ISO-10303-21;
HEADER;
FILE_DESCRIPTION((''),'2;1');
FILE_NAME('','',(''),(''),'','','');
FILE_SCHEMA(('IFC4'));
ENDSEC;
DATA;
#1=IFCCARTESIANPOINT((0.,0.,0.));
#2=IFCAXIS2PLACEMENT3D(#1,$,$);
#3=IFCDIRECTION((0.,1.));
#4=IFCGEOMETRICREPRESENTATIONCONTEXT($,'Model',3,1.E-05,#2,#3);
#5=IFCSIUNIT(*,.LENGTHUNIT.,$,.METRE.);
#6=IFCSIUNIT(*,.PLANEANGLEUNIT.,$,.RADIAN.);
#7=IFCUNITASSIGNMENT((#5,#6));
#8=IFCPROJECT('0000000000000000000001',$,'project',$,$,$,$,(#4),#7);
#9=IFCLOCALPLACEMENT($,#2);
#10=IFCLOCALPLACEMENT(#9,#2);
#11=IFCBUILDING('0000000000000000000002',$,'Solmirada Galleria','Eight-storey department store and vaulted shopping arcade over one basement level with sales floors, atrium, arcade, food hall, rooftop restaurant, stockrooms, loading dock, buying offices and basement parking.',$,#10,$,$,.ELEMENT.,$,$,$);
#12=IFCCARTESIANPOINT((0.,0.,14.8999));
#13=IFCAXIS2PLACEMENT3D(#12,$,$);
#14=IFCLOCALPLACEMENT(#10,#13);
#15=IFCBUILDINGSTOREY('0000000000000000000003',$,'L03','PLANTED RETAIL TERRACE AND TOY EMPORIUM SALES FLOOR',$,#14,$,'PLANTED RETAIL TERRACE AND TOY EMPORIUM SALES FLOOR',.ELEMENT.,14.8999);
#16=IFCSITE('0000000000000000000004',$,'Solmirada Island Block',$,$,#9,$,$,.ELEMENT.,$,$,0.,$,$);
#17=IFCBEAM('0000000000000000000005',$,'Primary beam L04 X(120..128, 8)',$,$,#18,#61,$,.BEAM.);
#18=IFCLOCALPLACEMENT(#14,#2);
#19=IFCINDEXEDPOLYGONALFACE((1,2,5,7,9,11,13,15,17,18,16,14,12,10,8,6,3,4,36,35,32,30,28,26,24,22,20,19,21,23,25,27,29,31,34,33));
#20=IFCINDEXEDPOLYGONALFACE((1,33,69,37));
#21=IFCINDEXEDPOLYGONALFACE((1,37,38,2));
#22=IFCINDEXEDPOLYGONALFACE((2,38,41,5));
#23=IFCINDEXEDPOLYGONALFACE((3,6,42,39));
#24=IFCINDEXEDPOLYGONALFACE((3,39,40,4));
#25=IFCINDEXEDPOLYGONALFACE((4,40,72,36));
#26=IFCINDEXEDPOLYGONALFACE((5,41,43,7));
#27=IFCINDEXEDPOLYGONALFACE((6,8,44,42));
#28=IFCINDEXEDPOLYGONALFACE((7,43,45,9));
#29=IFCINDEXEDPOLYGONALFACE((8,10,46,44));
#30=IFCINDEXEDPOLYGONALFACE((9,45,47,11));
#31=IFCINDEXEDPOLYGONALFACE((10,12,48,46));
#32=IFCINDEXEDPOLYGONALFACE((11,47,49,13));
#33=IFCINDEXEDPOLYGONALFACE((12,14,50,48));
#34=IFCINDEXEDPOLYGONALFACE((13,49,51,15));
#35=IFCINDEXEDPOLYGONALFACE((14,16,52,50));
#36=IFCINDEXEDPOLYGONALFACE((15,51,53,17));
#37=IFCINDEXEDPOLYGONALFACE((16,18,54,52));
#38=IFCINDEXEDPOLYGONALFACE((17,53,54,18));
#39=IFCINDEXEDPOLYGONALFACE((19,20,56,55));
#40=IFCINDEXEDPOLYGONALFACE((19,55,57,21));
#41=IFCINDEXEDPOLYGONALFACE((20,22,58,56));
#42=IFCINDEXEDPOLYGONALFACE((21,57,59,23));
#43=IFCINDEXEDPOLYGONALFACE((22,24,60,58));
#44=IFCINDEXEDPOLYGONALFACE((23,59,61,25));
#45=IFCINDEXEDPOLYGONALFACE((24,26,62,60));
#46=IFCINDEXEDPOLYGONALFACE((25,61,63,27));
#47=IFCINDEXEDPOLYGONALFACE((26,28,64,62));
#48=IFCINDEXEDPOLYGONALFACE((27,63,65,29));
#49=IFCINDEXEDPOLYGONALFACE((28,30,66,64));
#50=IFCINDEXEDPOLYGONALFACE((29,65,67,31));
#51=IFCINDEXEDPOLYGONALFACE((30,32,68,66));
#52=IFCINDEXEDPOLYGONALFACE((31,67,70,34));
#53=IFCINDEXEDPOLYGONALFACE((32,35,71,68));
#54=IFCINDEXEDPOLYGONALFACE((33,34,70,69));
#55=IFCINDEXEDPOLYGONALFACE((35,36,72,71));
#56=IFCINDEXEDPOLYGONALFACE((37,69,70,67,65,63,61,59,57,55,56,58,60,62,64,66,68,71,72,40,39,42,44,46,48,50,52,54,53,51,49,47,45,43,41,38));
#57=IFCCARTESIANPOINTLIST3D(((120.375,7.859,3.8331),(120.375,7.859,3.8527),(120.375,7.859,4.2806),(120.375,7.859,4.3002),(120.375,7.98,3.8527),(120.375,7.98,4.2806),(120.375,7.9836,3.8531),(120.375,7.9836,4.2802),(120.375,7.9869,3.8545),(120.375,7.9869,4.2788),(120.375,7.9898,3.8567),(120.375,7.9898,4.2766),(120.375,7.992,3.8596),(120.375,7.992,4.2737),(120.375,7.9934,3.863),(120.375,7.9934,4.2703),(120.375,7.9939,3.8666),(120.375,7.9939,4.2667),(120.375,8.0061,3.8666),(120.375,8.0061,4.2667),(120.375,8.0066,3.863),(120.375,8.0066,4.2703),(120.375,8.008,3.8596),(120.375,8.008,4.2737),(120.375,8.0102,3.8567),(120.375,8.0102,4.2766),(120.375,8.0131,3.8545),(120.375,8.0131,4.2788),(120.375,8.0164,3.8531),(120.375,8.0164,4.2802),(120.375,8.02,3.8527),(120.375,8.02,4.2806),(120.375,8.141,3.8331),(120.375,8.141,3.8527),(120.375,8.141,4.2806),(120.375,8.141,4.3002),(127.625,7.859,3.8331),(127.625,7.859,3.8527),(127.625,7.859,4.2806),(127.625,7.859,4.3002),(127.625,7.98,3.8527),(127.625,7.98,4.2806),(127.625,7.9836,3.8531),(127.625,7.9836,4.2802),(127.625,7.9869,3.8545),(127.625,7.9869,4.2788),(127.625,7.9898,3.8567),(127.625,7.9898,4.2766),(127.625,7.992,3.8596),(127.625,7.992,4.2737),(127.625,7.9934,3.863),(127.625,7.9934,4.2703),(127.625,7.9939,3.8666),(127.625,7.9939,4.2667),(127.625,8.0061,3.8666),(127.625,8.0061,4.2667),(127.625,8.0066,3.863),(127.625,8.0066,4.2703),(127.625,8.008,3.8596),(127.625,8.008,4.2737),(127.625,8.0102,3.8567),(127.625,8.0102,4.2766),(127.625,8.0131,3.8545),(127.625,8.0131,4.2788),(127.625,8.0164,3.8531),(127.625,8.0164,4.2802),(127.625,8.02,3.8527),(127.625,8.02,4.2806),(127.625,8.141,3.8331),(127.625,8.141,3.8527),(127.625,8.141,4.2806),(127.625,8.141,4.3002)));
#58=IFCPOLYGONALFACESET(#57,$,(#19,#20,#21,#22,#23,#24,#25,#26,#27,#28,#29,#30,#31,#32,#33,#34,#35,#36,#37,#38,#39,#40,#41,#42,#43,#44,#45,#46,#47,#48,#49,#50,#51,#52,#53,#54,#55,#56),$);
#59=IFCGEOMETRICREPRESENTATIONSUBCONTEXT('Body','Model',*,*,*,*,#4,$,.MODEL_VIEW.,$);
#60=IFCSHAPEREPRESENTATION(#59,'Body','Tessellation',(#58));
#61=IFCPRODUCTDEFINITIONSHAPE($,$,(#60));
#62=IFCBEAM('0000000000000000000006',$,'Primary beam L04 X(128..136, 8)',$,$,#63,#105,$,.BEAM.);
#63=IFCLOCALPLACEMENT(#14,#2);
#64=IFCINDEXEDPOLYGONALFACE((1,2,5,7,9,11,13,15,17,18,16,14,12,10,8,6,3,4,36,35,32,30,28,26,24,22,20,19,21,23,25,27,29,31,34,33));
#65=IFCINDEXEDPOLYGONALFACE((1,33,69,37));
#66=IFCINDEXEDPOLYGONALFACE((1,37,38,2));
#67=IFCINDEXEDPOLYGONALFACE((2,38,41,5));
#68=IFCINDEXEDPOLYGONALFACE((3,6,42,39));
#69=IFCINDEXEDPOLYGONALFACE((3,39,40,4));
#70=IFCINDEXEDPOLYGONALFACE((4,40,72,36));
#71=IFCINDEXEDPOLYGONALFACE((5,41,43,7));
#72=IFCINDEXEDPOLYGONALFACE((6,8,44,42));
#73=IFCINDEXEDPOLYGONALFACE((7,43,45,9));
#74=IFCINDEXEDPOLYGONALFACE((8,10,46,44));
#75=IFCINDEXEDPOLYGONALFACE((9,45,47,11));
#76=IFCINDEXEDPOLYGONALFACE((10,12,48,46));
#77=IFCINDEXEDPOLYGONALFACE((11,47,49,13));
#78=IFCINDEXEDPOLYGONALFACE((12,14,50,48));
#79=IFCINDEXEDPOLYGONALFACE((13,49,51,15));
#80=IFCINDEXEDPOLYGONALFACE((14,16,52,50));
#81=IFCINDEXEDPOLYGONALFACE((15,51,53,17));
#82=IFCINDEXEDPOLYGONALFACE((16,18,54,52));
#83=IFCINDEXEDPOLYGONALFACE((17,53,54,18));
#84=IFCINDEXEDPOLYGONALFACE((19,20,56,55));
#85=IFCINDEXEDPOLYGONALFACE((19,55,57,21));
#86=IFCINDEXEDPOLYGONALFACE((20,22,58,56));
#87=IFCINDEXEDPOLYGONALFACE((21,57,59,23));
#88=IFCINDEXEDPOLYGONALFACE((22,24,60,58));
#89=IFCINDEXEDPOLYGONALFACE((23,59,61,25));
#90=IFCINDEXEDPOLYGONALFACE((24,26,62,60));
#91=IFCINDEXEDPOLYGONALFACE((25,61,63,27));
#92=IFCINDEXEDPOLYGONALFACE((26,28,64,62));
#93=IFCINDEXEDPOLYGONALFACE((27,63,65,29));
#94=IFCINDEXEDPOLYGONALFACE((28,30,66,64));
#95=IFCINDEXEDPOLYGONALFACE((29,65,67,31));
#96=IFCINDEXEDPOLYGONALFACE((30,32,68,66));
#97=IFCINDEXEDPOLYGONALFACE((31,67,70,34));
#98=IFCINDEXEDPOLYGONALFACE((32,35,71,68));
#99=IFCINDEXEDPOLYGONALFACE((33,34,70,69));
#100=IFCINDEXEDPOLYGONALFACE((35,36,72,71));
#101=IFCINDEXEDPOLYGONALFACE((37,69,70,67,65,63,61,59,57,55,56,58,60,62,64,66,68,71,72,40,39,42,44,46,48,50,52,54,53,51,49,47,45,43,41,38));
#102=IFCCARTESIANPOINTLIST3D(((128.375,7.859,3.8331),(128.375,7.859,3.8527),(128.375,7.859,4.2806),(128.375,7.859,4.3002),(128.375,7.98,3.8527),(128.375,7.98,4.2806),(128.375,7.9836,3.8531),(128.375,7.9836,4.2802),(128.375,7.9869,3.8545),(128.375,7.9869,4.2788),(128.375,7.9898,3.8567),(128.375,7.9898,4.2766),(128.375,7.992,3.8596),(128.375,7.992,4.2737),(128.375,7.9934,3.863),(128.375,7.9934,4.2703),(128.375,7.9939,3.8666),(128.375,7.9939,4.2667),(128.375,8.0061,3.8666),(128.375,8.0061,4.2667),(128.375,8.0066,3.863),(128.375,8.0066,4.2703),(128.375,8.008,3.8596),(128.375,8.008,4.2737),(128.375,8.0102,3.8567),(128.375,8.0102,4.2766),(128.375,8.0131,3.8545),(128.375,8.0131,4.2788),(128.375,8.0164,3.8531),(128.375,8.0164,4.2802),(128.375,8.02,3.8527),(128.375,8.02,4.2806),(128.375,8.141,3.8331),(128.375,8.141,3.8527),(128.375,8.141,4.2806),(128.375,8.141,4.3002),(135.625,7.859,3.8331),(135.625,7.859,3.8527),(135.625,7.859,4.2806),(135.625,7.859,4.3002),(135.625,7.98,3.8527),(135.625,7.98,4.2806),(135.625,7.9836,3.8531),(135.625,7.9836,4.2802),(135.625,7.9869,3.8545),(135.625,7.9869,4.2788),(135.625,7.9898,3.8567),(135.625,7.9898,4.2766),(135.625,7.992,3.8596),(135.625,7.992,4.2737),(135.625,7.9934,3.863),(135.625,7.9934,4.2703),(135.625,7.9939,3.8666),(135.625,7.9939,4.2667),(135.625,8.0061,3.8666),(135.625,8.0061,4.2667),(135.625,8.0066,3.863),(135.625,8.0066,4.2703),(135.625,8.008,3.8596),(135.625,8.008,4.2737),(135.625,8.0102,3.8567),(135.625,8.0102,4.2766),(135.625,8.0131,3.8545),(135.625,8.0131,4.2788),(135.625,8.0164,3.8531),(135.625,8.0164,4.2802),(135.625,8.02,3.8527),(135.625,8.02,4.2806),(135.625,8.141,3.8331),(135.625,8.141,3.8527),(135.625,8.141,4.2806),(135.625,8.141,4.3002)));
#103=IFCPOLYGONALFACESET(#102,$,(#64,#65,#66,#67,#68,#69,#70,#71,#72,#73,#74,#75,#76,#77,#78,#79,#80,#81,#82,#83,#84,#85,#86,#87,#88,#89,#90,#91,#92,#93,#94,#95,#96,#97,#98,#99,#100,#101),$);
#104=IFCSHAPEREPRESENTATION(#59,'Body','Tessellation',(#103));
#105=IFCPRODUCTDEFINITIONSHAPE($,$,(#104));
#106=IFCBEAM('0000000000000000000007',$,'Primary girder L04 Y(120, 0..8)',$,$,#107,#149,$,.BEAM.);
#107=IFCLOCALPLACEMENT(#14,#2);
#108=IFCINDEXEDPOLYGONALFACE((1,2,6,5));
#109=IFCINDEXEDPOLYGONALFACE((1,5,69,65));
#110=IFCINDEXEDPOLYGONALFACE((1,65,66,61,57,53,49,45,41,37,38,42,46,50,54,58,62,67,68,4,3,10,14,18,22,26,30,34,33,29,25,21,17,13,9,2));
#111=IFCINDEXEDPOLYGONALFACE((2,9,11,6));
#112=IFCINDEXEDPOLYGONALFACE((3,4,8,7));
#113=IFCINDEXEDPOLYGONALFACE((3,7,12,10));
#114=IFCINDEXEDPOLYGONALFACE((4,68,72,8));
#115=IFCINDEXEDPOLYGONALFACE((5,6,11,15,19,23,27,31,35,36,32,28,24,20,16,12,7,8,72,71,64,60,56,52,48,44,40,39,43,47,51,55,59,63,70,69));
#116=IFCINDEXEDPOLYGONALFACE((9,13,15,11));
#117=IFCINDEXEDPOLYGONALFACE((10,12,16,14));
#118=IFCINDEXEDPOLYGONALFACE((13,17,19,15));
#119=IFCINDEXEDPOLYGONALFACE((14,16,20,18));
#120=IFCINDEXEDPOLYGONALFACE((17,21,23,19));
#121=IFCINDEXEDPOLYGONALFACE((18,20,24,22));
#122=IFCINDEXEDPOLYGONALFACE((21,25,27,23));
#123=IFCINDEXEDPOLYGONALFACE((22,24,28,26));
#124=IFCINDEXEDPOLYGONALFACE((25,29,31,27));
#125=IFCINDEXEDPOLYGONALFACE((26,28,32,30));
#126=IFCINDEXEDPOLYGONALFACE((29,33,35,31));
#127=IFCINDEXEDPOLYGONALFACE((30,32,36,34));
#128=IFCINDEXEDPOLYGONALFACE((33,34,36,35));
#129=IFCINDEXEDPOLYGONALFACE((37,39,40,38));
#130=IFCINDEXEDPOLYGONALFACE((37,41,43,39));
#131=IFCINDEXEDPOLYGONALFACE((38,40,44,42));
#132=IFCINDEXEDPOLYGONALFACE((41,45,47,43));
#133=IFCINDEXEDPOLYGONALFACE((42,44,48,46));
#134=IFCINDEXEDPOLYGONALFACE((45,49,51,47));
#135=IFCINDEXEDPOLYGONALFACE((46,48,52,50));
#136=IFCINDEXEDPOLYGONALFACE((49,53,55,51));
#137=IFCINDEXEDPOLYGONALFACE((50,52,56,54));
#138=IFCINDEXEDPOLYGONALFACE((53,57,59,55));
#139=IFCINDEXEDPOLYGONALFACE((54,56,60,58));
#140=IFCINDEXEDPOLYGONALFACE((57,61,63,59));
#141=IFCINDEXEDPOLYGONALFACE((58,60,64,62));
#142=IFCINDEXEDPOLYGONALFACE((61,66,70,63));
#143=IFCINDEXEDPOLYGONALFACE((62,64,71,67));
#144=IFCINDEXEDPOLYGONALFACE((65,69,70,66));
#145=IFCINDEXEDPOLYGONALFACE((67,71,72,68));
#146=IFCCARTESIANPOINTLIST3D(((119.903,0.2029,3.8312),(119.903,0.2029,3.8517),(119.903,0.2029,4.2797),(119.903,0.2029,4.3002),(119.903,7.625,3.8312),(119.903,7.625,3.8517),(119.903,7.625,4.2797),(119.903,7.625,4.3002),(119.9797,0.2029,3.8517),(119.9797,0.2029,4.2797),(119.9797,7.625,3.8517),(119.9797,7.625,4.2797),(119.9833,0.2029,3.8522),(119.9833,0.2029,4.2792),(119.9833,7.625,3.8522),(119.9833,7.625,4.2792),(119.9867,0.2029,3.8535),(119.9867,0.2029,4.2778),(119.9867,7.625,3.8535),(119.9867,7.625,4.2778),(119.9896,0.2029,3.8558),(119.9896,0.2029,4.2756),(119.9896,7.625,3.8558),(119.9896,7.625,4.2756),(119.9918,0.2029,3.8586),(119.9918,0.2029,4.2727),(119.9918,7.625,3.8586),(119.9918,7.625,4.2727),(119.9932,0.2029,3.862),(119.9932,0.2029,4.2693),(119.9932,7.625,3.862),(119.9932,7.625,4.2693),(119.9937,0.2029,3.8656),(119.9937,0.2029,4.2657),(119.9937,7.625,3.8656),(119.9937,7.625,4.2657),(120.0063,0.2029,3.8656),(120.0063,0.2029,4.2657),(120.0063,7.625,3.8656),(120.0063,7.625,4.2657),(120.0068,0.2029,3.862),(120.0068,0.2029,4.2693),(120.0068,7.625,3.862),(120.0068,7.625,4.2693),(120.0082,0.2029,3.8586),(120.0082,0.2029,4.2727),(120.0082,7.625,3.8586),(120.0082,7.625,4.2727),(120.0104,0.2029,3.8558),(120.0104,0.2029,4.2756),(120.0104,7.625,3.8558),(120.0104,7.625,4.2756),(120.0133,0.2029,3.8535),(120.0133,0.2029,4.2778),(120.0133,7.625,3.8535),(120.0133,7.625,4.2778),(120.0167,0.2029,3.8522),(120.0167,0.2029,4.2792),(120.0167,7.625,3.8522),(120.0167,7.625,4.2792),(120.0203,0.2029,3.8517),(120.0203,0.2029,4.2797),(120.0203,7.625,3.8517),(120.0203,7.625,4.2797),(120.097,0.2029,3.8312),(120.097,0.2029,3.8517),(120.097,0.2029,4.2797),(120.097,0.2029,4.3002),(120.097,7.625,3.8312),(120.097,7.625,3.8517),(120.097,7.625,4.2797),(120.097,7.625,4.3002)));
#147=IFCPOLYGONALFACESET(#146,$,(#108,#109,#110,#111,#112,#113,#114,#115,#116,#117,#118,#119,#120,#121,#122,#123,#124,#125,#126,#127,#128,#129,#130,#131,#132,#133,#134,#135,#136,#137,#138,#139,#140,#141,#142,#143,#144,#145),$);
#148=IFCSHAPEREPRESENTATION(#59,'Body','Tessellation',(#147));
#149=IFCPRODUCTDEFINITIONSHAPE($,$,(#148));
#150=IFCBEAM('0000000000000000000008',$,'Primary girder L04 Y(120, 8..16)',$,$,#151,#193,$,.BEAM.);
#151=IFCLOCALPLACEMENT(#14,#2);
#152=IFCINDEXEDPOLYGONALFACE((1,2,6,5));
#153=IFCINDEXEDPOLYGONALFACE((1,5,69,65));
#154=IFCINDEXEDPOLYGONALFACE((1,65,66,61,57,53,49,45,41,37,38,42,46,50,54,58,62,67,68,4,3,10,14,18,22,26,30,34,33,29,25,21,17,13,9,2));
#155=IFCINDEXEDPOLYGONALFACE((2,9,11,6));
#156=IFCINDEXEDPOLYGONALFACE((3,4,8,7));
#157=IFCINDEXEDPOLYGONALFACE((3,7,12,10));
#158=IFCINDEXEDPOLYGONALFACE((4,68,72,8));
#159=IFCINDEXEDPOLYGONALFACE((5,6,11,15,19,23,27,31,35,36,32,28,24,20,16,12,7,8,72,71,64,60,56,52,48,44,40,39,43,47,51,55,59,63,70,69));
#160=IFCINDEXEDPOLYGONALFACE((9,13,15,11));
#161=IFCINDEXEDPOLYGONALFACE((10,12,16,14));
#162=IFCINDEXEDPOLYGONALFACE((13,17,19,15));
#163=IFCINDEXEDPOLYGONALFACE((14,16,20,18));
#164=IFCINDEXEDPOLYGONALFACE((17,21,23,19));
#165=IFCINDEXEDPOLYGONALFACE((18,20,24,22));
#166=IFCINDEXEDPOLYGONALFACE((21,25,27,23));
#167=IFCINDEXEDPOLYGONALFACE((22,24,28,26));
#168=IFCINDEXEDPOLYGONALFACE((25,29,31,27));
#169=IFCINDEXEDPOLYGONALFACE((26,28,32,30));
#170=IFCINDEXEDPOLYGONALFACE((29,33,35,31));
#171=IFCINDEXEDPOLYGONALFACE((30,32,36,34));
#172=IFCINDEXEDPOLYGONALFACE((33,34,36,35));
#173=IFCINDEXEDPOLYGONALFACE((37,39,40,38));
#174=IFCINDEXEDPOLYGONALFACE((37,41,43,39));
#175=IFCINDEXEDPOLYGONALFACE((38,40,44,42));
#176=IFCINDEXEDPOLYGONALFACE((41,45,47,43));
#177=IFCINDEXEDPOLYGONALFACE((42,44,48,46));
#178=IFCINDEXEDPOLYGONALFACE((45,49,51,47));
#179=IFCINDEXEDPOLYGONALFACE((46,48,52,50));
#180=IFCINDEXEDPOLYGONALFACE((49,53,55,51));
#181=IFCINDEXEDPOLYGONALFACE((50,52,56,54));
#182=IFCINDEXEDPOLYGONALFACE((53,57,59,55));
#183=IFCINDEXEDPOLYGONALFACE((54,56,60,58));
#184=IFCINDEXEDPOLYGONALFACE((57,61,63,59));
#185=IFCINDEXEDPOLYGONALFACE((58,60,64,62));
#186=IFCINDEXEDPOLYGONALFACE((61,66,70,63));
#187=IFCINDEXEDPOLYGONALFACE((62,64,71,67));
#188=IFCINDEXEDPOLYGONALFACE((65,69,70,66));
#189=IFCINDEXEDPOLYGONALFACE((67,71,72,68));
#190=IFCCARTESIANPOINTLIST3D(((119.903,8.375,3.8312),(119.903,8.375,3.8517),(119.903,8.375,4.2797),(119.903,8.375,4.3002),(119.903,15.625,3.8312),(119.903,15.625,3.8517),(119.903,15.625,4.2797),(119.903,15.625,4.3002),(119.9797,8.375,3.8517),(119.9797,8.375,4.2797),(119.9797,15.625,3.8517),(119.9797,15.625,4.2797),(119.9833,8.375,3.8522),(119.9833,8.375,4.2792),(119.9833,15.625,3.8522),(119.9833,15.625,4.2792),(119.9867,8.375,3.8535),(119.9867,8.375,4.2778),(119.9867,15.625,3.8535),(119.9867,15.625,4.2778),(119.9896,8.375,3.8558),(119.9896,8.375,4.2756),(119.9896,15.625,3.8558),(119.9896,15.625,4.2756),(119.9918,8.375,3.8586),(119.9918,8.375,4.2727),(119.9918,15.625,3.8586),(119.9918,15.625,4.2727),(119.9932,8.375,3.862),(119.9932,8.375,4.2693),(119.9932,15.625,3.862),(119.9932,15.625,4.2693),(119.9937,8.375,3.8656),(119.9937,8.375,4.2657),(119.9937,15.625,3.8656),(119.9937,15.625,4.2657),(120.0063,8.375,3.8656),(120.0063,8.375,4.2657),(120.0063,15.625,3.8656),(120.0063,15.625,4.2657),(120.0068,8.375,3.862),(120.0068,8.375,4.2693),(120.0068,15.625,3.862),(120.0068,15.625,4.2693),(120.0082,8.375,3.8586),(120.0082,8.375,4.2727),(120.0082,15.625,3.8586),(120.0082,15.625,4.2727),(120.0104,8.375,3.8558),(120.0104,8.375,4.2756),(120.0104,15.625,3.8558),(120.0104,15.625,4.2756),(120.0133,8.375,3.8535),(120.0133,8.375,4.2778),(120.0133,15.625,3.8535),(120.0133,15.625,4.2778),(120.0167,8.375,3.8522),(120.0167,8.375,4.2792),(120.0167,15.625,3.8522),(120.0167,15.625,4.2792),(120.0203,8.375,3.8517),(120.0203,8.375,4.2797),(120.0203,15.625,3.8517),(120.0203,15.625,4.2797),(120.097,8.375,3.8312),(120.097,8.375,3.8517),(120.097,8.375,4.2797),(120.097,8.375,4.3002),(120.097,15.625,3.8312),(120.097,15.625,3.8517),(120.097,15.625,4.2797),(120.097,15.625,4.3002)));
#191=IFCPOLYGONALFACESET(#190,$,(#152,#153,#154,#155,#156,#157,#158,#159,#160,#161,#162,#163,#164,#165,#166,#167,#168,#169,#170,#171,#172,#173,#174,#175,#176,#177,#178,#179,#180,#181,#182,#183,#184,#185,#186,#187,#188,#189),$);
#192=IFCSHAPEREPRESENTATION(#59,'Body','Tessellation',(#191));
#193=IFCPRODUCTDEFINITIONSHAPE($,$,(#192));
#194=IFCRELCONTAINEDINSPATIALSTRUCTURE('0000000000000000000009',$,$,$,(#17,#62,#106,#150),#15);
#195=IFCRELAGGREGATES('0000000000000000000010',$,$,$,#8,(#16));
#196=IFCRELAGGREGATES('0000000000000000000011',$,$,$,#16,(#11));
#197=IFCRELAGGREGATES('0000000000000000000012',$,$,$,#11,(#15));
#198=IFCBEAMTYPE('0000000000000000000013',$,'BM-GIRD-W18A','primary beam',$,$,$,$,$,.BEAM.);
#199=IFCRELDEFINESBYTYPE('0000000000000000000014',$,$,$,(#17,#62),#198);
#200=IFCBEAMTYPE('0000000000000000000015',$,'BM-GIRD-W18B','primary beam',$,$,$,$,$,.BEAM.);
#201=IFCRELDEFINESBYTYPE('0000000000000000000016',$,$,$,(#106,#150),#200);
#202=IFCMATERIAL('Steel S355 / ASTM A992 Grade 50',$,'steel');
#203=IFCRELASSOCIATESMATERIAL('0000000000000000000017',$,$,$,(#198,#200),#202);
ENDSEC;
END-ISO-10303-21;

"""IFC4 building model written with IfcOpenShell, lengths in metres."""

from ifc_helpers import new_model, si_unit, direction, frame, origin, origin_2d, place, context, subcontext, project, spatial, i_section, extrude, material, material_profile, profile_set, type_object, element, save


model = new_model("IFC4")

# Units and contexts
model_context = context("Model", 3, precision=1e-05, world=origin(), true_north=direction((0.0, 1.0)))
body_context = subcontext(model_context, "Body", "Model", "MODEL_VIEW")
ifc_project = project(units=[si_unit("LENGTHUNIT", "METRE"), si_unit("PLANEANGLEUNIT", "RADIAN")], contexts=[model_context])

# Site, building, storey
site_placement = place(None, origin())
site = spatial("IfcSite", under=ifc_project, at=site_placement, Name="Solmirada Island Block", CompositionType="ELEMENT", RefElevation=0.0)
building_placement = place(site_placement, origin())
building = spatial("IfcBuilding", under=site, at=building_placement, Name="Solmirada Galleria", Description="Eight-storey department store and vaulted shopping arcade over one basement level with sales floors, atrium, arcade, food hall, rooftop restaurant, stockrooms, loading dock, buying offices and basement parking.", CompositionType="ELEMENT")
storey_placement = place(building_placement, frame((0.0, 0.0, 14.8999)))
storey = spatial("IfcBuildingStorey", under=building, at=storey_placement, Name="L03", Description="PLANTED RETAIL TERRACE AND TOY EMPORIUM SALES FLOOR", LongName="PLANTED RETAIL TERRACE AND TOY EMPORIUM SALES FLOOR", CompositionType="ELEMENT", Elevation=14.8999)

# Beams
ifc_material_1 = material(Name="Steel S355 / ASTM A992 Grade 50", Category="steel")
ifc_material_profile_1 = material_profile(ifc_material_1, i_section(OverallWidth=0.282, OverallDepth=0.467, WebThickness=0.0122, FlangeThickness=0.0195, FilletRadius=0.0139, at=origin_2d()), Name="W18X86")
ifc_profile_set_1 = profile_set([ifc_material_profile_1], Name="Steel S355 / ASTM A992 Grade 50")
beam_type_1 = type_object("IfcBeamType", Name="BM-GIRD-W18A", Description="primary beam", PredefinedType="BEAM", material=ifc_profile_set_1)
for number, where, z_axis, x_axis, name in (
    (1, (120.375, 8.0, 4.0667), (1.0, 0.0, 0.0), (0.0, 1.0, 0.0), "Primary beam L04 X(120..128, 8)"),
    (2, (128.375, 8.0, 4.0667), (1.0, 0.0, 0.0), (0.0, 1.0, 0.0), "Primary beam L04 X(128..136, 8)"),
):
    element("IfcBeam", number, at=place(storey_placement, frame(where, z_axis=z_axis, x_axis=x_axis)), inside=storey, type_object=beam_type_1, Name=name, PredefinedType="BEAM", context=body_context, shape_type="SweptSolid", body=[
        extrude(i_section(OverallWidth=0.282, OverallDepth=0.467, WebThickness=0.0122, FlangeThickness=0.0195, FilletRadius=0.0139, at=origin_2d()), origin(), (0.0, 0.0, 1.0), 7.25),
    ])
ifc_material_profile_2 = material_profile(ifc_material_1, i_section(OverallWidth=0.1941, OverallDepth=0.469, WebThickness=0.0127, FlangeThickness=0.0205, FilletRadius=0.0139, at=origin_2d()), Name="W18X71")
ifc_profile_set_2 = profile_set([ifc_material_profile_2], Name="Steel S355 / ASTM A992 Grade 50")
beam_type_2 = type_object("IfcBeamType", Name="BM-GIRD-W18B", Description="primary beam", PredefinedType="BEAM", material=ifc_profile_set_2)
beam_1_placement = place(storey_placement, frame((120.0, 0.2029, 4.0657), z_axis=(0.0, 1.0, 0.0), x_axis=(-1.0, 0.0, 0.0)))
element("IfcBeam", 3, at=beam_1_placement, inside=storey, type_object=beam_type_2, Name="Primary girder L04 Y(120, 0..8)", PredefinedType="BEAM", context=body_context, shape_type="SweptSolid", body=[
    extrude(i_section(OverallWidth=0.1941, OverallDepth=0.469, WebThickness=0.0127, FlangeThickness=0.0205, FilletRadius=0.0139, at=origin_2d()), origin(), (0.0, 0.0, 1.0), 7.4221),
])
beam_2_placement = place(storey_placement, frame((120.0, 8.375, 4.0657), z_axis=(0.0, 1.0, 0.0), x_axis=(-1.0, 0.0, 0.0)))
element("IfcBeam", 4, at=beam_2_placement, inside=storey, type_object=beam_type_2, Name="Primary girder L04 Y(120, 8..16)", PredefinedType="BEAM", context=body_context, shape_type="SweptSolid", body=[
    extrude(i_section(OverallWidth=0.1941, OverallDepth=0.469, WebThickness=0.0127, FlangeThickness=0.0205, FilletRadius=0.0139, at=origin_2d()), origin(), (0.0, 0.0, 1.0), 7.25),
])

save(model, "model.ifc")
